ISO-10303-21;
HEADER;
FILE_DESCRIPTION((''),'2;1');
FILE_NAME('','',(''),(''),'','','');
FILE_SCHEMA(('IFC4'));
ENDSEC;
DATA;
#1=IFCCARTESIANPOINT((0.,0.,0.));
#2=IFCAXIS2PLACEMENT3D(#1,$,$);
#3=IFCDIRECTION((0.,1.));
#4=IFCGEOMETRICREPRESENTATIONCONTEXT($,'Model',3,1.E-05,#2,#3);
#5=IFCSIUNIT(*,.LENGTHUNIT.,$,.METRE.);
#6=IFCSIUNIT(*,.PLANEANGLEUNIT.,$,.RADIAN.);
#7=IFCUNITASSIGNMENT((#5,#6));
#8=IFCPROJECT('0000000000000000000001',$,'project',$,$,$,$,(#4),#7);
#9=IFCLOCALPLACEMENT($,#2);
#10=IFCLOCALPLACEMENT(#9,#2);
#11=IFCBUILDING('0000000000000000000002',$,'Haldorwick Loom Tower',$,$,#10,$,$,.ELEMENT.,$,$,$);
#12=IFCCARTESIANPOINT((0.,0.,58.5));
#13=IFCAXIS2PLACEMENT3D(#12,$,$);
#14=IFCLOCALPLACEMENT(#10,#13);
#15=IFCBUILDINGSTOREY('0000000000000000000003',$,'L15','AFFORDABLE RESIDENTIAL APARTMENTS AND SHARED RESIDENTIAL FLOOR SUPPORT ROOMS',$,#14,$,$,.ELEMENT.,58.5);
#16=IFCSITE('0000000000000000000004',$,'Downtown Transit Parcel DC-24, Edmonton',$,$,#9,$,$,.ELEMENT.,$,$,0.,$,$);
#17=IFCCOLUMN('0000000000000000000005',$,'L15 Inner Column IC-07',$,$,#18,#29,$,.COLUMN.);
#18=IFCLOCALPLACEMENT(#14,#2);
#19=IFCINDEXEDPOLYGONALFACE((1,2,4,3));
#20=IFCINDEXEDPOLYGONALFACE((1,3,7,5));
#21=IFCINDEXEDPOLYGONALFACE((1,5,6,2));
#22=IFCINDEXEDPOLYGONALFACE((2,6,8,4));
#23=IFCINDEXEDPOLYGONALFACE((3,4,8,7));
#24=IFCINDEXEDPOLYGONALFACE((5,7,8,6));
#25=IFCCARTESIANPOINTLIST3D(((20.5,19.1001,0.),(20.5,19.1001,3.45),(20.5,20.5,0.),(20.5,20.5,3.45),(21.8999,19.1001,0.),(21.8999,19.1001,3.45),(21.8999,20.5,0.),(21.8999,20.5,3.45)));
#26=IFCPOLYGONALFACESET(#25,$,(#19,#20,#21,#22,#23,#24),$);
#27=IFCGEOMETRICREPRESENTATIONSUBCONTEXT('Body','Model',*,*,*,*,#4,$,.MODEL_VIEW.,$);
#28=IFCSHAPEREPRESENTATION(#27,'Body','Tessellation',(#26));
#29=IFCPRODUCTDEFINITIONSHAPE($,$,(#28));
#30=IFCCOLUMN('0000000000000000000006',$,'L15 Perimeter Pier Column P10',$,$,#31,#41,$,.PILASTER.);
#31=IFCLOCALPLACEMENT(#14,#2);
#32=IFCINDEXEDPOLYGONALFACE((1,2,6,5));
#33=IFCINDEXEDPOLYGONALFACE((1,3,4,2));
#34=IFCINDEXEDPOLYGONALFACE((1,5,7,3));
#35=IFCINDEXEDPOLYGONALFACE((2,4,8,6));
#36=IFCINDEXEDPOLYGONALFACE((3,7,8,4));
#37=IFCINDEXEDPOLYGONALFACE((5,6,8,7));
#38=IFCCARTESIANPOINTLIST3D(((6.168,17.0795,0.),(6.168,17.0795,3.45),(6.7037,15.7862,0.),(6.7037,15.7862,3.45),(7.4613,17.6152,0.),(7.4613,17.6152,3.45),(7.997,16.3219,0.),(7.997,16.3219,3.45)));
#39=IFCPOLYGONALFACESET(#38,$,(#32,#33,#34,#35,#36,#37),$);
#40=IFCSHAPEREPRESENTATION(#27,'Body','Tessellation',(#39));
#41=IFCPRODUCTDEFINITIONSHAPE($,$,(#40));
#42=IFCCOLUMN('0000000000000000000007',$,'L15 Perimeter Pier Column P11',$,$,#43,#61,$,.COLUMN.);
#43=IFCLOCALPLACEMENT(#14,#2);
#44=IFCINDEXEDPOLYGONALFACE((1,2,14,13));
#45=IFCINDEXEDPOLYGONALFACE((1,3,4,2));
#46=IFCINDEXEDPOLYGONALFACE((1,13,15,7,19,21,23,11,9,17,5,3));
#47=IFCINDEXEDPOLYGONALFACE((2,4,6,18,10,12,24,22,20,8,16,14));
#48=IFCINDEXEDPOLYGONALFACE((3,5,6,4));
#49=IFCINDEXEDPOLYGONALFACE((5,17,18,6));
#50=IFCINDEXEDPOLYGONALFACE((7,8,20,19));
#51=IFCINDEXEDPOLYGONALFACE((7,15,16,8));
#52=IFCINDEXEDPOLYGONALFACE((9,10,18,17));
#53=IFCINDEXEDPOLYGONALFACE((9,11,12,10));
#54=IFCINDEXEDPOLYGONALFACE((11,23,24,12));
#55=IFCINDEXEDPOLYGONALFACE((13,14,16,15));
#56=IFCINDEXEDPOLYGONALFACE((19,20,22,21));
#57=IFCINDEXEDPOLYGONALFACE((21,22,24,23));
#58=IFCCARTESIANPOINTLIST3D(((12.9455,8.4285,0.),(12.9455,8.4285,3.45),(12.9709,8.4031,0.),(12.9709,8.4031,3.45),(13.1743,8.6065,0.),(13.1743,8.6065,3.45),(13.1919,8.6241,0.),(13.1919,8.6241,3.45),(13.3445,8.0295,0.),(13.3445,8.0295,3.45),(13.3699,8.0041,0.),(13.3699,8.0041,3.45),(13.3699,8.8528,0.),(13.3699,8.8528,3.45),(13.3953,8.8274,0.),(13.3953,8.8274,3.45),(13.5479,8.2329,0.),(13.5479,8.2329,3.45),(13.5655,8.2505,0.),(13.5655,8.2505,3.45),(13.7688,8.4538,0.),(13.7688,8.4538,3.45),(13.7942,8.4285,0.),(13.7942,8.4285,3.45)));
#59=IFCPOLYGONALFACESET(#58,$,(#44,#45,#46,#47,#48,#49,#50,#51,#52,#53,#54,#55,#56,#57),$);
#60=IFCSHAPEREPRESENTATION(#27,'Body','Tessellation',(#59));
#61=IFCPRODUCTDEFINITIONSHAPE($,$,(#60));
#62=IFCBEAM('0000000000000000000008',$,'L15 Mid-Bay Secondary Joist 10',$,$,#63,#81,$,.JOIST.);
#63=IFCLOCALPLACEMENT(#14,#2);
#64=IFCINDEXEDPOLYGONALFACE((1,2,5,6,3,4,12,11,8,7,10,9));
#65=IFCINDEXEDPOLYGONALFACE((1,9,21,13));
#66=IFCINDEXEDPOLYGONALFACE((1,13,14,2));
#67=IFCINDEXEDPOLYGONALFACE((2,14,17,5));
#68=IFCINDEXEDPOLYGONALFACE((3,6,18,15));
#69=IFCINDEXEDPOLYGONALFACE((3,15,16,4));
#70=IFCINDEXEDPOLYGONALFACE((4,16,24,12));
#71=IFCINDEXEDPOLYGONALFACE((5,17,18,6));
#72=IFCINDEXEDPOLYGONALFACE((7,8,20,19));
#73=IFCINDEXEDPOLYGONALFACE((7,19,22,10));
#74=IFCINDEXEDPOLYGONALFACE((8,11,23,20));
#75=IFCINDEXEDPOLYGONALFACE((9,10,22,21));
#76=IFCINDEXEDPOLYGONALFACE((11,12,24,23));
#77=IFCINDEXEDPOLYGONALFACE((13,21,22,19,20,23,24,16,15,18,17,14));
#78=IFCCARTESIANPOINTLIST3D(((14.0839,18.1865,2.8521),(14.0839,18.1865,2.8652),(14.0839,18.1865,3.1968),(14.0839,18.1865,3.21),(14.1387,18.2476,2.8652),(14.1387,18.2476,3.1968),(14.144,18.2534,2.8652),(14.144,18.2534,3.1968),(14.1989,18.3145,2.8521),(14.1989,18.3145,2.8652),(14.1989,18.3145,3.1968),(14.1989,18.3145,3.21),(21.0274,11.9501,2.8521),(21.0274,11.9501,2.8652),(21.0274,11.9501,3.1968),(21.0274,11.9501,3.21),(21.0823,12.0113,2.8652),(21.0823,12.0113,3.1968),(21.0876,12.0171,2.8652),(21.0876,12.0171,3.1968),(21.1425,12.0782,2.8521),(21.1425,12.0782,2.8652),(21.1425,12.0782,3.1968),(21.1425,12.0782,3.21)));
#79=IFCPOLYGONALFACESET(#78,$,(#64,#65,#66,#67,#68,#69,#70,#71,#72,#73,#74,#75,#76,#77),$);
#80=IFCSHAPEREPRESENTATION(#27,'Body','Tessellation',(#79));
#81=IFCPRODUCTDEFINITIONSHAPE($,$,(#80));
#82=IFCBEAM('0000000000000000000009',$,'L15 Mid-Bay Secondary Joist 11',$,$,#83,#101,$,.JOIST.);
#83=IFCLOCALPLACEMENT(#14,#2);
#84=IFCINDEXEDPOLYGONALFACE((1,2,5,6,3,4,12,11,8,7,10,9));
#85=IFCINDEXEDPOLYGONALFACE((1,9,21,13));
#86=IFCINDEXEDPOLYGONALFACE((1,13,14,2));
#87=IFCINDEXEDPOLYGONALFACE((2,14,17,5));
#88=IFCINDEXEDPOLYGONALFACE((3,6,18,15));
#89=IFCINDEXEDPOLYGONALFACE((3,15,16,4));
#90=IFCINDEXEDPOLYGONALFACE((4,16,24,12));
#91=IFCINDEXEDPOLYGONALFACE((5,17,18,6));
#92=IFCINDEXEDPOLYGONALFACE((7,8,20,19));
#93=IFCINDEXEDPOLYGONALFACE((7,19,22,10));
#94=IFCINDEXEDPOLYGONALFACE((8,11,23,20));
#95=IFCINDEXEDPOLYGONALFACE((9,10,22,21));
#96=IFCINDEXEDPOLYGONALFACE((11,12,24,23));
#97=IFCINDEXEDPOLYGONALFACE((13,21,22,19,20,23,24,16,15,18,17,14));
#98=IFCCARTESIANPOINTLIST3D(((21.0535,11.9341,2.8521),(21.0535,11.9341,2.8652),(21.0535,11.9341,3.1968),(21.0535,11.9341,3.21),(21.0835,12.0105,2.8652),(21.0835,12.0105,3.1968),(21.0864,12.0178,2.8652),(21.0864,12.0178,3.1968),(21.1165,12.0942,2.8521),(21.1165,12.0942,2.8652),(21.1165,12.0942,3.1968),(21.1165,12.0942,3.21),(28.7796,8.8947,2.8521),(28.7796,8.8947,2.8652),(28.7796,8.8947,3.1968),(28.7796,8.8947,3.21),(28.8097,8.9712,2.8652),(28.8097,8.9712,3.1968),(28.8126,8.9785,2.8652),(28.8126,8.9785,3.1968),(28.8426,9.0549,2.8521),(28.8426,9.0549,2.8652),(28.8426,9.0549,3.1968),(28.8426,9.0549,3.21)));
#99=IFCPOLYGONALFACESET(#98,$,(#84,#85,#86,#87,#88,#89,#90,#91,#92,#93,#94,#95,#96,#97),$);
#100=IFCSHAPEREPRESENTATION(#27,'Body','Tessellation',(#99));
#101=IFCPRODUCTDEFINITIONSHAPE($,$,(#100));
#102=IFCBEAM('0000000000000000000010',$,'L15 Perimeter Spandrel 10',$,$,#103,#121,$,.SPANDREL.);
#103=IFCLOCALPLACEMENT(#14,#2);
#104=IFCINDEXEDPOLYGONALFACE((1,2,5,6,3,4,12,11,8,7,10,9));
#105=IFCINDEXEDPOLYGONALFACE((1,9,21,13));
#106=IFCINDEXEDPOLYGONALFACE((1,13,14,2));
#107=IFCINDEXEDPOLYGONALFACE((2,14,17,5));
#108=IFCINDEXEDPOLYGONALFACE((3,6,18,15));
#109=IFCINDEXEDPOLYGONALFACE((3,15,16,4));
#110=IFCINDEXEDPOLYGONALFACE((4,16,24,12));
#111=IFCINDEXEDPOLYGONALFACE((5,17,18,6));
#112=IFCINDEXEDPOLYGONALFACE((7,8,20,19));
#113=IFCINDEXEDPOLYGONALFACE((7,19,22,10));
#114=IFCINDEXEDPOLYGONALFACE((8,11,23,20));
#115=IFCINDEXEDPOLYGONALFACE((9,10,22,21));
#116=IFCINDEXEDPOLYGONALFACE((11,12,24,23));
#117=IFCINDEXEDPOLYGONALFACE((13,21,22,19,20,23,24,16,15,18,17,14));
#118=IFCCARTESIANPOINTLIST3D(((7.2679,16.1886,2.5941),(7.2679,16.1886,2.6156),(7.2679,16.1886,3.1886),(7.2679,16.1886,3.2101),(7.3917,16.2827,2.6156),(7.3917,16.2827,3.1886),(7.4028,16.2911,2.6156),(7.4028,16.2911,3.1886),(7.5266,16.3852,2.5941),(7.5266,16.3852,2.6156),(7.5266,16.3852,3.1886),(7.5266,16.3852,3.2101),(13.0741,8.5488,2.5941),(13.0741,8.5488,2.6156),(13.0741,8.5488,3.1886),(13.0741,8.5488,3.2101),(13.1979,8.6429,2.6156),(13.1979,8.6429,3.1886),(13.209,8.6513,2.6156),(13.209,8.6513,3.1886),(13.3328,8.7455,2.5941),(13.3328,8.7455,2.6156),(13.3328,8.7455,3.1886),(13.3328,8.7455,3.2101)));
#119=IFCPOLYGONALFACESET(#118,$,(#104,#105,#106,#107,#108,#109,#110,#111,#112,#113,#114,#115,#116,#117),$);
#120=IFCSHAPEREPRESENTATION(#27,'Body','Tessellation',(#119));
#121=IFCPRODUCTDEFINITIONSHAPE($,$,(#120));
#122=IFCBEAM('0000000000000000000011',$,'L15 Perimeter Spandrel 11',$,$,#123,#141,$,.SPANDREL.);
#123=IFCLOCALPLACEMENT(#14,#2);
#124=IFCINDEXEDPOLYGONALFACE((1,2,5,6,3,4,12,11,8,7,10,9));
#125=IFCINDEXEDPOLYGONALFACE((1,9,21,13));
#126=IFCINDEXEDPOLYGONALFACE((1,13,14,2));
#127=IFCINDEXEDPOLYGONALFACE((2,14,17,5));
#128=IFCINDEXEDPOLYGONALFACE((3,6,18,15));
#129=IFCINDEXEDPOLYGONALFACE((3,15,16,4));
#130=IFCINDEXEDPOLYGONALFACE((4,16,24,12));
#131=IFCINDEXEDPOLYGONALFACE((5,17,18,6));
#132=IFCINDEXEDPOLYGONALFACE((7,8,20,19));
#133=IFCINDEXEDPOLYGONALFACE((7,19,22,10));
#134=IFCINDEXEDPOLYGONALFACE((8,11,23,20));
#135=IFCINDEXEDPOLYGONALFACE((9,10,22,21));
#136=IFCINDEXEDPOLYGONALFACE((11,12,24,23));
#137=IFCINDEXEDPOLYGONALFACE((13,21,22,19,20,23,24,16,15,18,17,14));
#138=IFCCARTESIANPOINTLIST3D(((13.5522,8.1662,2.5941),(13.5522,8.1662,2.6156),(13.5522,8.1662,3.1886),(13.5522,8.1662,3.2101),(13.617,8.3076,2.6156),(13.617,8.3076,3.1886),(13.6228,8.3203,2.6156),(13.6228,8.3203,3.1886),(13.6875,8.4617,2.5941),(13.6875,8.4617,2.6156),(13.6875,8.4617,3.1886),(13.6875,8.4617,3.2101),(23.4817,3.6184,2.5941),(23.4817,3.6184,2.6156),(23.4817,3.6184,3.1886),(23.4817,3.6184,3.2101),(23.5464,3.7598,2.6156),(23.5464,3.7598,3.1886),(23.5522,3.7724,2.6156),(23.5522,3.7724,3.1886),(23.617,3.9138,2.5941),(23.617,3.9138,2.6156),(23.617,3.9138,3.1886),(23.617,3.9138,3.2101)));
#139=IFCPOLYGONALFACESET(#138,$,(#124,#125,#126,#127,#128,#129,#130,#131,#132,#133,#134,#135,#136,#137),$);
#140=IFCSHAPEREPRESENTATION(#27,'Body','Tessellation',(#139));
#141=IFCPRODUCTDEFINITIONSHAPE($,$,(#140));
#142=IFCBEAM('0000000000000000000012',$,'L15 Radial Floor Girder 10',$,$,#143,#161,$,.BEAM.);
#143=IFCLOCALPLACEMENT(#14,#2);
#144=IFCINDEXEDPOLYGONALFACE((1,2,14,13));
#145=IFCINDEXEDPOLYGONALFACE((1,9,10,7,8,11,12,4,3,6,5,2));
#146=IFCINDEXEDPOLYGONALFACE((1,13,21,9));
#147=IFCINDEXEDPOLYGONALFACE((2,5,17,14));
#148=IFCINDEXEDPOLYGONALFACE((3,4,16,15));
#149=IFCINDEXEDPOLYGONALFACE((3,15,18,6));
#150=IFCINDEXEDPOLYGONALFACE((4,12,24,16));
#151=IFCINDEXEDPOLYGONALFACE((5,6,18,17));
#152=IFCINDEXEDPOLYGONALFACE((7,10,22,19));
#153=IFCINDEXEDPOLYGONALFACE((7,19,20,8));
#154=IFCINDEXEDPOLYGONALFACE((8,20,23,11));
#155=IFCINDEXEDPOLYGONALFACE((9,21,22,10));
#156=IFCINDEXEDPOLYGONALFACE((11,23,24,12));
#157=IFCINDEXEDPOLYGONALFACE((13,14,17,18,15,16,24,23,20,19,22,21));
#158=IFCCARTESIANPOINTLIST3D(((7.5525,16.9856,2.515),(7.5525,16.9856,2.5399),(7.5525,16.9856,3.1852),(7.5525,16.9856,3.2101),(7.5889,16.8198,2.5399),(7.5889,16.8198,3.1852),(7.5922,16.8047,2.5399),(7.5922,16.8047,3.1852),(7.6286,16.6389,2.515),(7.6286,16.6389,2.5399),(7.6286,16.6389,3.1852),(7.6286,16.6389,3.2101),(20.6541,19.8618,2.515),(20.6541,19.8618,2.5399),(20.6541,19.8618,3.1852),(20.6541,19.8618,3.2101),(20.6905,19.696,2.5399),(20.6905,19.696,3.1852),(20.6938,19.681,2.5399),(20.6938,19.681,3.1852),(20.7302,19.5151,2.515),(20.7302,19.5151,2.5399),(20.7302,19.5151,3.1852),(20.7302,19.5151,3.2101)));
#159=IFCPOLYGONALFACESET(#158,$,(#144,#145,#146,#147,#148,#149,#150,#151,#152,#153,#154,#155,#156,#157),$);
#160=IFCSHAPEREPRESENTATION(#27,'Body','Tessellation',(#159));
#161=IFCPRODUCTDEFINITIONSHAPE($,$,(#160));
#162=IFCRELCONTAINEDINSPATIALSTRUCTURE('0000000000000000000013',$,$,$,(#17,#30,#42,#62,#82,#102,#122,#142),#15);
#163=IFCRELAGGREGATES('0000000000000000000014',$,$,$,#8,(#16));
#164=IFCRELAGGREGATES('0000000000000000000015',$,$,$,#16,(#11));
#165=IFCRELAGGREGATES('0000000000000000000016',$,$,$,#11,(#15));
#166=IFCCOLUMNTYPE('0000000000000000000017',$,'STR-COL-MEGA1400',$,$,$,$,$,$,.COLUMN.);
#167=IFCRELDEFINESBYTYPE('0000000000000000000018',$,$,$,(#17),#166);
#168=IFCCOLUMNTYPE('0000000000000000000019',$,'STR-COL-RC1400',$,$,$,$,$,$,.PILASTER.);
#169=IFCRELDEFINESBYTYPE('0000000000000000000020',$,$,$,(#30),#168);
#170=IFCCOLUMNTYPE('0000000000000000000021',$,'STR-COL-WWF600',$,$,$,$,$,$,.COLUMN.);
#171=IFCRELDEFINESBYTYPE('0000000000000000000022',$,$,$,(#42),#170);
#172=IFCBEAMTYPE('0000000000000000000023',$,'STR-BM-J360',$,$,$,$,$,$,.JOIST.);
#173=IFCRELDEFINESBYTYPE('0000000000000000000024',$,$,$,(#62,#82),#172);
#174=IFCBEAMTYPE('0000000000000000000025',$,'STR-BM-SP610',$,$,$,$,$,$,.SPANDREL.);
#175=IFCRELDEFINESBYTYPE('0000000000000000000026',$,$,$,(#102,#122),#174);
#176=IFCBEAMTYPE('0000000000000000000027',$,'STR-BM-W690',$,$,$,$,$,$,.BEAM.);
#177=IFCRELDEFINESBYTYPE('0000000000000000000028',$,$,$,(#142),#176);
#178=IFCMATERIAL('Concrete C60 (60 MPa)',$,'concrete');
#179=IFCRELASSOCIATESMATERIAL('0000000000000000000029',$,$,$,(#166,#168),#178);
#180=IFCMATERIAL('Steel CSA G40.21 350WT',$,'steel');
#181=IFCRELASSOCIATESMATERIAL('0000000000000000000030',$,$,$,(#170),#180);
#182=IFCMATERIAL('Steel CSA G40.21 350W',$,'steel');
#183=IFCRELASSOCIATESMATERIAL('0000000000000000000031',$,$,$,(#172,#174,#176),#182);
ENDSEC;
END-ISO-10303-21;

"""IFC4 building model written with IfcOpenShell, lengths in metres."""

from ifc_helpers import new_model, si_unit, direction, frame, origin, origin_2d, place, context, subcontext, project, spatial, rectangle, i_section, extrude, material, material_profile, profile_set, type_object, element, save


model = new_model("IFC4")

# Units and contexts
model_context = context("Model", 3, precision=1e-05, world=origin(), true_north=direction((0.0, 1.0)))
body_context = subcontext(model_context, "Body", "Model", "MODEL_VIEW")
ifc_project = project(units=[si_unit("LENGTHUNIT", "METRE"), si_unit("PLANEANGLEUNIT", "RADIAN")], contexts=[model_context])

# Site, building, storey
site_placement = place(None, origin())
site = spatial("IfcSite", under=ifc_project, at=site_placement, Name="Downtown Transit Parcel DC-24, Edmonton", CompositionType="ELEMENT", RefElevation=0.0)
building_placement = place(site_placement, origin())
building = spatial("IfcBuilding", under=site, at=building_placement, Name="Haldorwick Loom Tower", CompositionType="ELEMENT")
storey_placement = place(building_placement, frame((0.0, 0.0, 58.5)))
storey = spatial("IfcBuildingStorey", under=building, at=storey_placement, Name="L15", Description="AFFORDABLE RESIDENTIAL APARTMENTS AND SHARED RESIDENTIAL FLOOR SUPPORT ROOMS", CompositionType="ELEMENT", Elevation=58.5)

# Columns
ifc_material_1 = material(Name="Concrete C60 (60 MPa)", Category="concrete")
ifc_material_profile_1 = material_profile(ifc_material_1, rectangle(XDim=1.3999, YDim=1.3999, at=origin_2d()), Name="RC1400X1400", Category="concrete")
ifc_profile_set_1 = profile_set([ifc_material_profile_1], Name="Concrete C60 (60 MPa)")
column_type_1 = type_object("IfcColumnType", Name="STR-COL-MEGA1400", PredefinedType="COLUMN", material=ifc_profile_set_1)
column_1_placement = place(storey_placement, frame((21.2, 19.8, 0.0), z_axis=(0.0, 0.0, 1.0), x_axis=(1.0, 0.0, 0.0)))
element("IfcColumn", 1, at=column_1_placement, inside=storey, type_object=column_type_1, Name="L15 Inner Column IC-07", PredefinedType="COLUMN", context=body_context, shape_type="SweptSolid", body=[
    extrude(rectangle(XDim=1.3999, YDim=1.3999, at=origin_2d()), origin(), (0.0, 0.0, 1.0), 3.45),
])
ifc_material_profile_2 = material_profile(ifc_material_1, rectangle(XDim=1.3999, YDim=1.3999, at=origin_2d()), Name="RC1400X1400", Category="concrete")
ifc_profile_set_2 = profile_set([ifc_material_profile_2], Name="Concrete C60 (60 MPa)")
column_type_2 = type_object("IfcColumnType", Name="STR-COL-RC1400", PredefinedType="PILASTER", material=ifc_profile_set_2)
column_2_placement = place(storey_placement, frame((7.0825, 16.7007, 0.0), z_axis=(0.0, 0.0, 1.0), x_axis=(-0.92388, -0.382683, 0.0)))
element("IfcColumn", 2, at=column_2_placement, inside=storey, type_object=column_type_2, Name="L15 Perimeter Pier Column P10", PredefinedType="PILASTER", context=body_context, shape_type="SweptSolid", body=[
    extrude(rectangle(XDim=1.3999, YDim=1.3999, at=origin_2d()), origin(), (0.0, 0.0, 1.0), 3.45),
])
ifc_material_2 = material(Name="Steel CSA G40.21 350WT", Category="steel")
ifc_material_profile_3 = material_profile(ifc_material_2, i_section(OverallWidth=0.6001, OverallDepth=0.6001, WebThickness=0.0249, FlangeThickness=0.0359, at=origin_2d()), Name="WWF600X600", Category="steel")
ifc_profile_set_3 = profile_set([ifc_material_profile_3], Name="Steel CSA G40.21 350WT")
column_type_3 = type_object("IfcColumnType", Name="STR-COL-WWF600", PredefinedType="COLUMN", material=ifc_profile_set_3)
column_3_placement = place(storey_placement, frame((13.3699, 8.4285, 0.0), z_axis=(0.0, 0.0, 1.0), x_axis=(-0.707107, -0.707107, 0.0)))
element("IfcColumn", 3, at=column_3_placement, inside=storey, type_object=column_type_3, Name="L15 Perimeter Pier Column P11", PredefinedType="COLUMN", context=body_context, shape_type="SweptSolid", body=[
    extrude(i_section(OverallWidth=0.6001, OverallDepth=0.6001, WebThickness=0.0249, FlangeThickness=0.0359, at=origin_2d()), origin(), (0.0, 0.0, 1.0), 3.45),
])

# Beams
ifc_material_3 = material(Name="Steel CSA G40.21 350W", Category="steel")
ifc_material_profile_4 = material_profile(ifc_material_3, i_section(OverallWidth=0.1721, OverallDepth=0.3579, WebThickness=0.0078, FlangeThickness=0.0132, at=origin_2d()), Name="W360X57", Category="steel")
ifc_profile_set_4 = profile_set([ifc_material_profile_4], Name="Steel CSA G40.21 350W")
beam_type_1 = type_object("IfcBeamType", Name="STR-BM-J360", PredefinedType="JOIST", material=ifc_profile_set_4)
beam_1_placement = place(storey_placement, frame((14.1414, 18.2505, 3.031), z_axis=(0.743982, -0.6682, 0.0), x_axis=(0.6682, 0.743982, 0.0)))
element("IfcBeam", 4, at=beam_1_placement, inside=storey, type_object=beam_type_1, Name="L15 Mid-Bay Secondary Joist 10", PredefinedType="JOIST", context=body_context, shape_type="SweptSolid", body=[
    extrude(i_section(OverallWidth=0.1721, OverallDepth=0.3579, WebThickness=0.0078, FlangeThickness=0.0132, at=origin_2d()), origin(), (0.0, 0.0, 1.0), 9.333),
])
beam_2_placement = place(storey_placement, frame((21.085, 12.0142, 3.031), z_axis=(0.930585, -0.366076, 0.0), x_axis=(0.366076, 0.930585, 0.0)))
element("IfcBeam", 5, at=beam_2_placement, inside=storey, type_object=beam_type_1, Name="L15 Mid-Bay Secondary Joist 11", PredefinedType="JOIST", context=body_context, shape_type="SweptSolid", body=[
    extrude(i_section(OverallWidth=0.1721, OverallDepth=0.3579, WebThickness=0.0078, FlangeThickness=0.0132, at=origin_2d()), origin(), (0.0, 0.0, 1.0), 8.3025),
])
ifc_material_profile_5 = material_profile(ifc_material_3, i_section(OverallWidth=0.325, OverallDepth=0.616, WebThickness=0.0139, FlangeThickness=0.0215, at=origin_2d()), Name="W610X174", Category="steel")
ifc_profile_set_5 = profile_set([ifc_material_profile_5], Name="Steel CSA G40.21 350W")
beam_type_2 = type_object("IfcBeamType", Name="STR-BM-SP610", PredefinedType="SPANDREL", material=ifc_profile_set_5)
beam_3_placement = place(storey_placement, frame((7.3972, 16.2869, 2.9021), z_axis=(0.605085, -0.796161, 0.0), x_axis=(0.796161, 0.605085, 0.0)))
element("IfcBeam", 6, at=beam_3_placement, inside=storey, type_object=beam_type_2, Name="L15 Perimeter Spandrel 10", PredefinedType="SPANDREL", context=body_context, shape_type="SweptSolid", body=[
    extrude(i_section(OverallWidth=0.325, OverallDepth=0.616, WebThickness=0.0139, FlangeThickness=0.0215, at=origin_2d()), origin(), (0.0, 0.0, 1.0), 9.5957),
])
beam_4_placement = place(storey_placement, frame((13.6199, 8.314, 2.9021), z_axis=(0.909174, -0.416417, 0.0), x_axis=(0.416417, 0.909174, 0.0)))
element("IfcBeam", 7, at=beam_4_placement, inside=storey, type_object=beam_type_2, Name="L15 Perimeter Spandrel 11", PredefinedType="SPANDREL", context=body_context, shape_type="SweptSolid", body=[
    extrude(i_section(OverallWidth=0.325, OverallDepth=0.616, WebThickness=0.0139, FlangeThickness=0.0215, at=origin_2d()), origin(), (0.0, 0.0, 1.0), 10.9214),
])
ifc_material_profile_6 = material_profile(ifc_material_3, i_section(OverallWidth=0.355, OverallDepth=0.6951, WebThickness=0.0154, FlangeThickness=0.0249, at=origin_2d()), Name="W690X217", Category="steel")
ifc_profile_set_6 = profile_set([ifc_material_profile_6], Name="Steel CSA G40.21 350W")
beam_type_3 = type_object("IfcBeamType", Name="STR-BM-W690", PredefinedType="BEAM", material=ifc_profile_set_6)
beam_5_placement = place(storey_placement, frame((20.6921, 19.6885, 2.8625), z_axis=(-0.97674, -0.214426, 0.0), x_axis=(0.214426, -0.97674, 0.0)))
element("IfcBeam", 8, at=beam_5_placement, inside=storey, type_object=beam_type_3, Name="L15 Radial Floor Girder 10", PredefinedType="BEAM", context=body_context, shape_type="SweptSolid", body=[
    extrude(i_section(OverallWidth=0.355, OverallDepth=0.6951, WebThickness=0.0154, FlangeThickness=0.0249, at=origin_2d()), origin(), (0.0, 0.0, 1.0), 13.4136),
])

save(model, "model.ifc")
